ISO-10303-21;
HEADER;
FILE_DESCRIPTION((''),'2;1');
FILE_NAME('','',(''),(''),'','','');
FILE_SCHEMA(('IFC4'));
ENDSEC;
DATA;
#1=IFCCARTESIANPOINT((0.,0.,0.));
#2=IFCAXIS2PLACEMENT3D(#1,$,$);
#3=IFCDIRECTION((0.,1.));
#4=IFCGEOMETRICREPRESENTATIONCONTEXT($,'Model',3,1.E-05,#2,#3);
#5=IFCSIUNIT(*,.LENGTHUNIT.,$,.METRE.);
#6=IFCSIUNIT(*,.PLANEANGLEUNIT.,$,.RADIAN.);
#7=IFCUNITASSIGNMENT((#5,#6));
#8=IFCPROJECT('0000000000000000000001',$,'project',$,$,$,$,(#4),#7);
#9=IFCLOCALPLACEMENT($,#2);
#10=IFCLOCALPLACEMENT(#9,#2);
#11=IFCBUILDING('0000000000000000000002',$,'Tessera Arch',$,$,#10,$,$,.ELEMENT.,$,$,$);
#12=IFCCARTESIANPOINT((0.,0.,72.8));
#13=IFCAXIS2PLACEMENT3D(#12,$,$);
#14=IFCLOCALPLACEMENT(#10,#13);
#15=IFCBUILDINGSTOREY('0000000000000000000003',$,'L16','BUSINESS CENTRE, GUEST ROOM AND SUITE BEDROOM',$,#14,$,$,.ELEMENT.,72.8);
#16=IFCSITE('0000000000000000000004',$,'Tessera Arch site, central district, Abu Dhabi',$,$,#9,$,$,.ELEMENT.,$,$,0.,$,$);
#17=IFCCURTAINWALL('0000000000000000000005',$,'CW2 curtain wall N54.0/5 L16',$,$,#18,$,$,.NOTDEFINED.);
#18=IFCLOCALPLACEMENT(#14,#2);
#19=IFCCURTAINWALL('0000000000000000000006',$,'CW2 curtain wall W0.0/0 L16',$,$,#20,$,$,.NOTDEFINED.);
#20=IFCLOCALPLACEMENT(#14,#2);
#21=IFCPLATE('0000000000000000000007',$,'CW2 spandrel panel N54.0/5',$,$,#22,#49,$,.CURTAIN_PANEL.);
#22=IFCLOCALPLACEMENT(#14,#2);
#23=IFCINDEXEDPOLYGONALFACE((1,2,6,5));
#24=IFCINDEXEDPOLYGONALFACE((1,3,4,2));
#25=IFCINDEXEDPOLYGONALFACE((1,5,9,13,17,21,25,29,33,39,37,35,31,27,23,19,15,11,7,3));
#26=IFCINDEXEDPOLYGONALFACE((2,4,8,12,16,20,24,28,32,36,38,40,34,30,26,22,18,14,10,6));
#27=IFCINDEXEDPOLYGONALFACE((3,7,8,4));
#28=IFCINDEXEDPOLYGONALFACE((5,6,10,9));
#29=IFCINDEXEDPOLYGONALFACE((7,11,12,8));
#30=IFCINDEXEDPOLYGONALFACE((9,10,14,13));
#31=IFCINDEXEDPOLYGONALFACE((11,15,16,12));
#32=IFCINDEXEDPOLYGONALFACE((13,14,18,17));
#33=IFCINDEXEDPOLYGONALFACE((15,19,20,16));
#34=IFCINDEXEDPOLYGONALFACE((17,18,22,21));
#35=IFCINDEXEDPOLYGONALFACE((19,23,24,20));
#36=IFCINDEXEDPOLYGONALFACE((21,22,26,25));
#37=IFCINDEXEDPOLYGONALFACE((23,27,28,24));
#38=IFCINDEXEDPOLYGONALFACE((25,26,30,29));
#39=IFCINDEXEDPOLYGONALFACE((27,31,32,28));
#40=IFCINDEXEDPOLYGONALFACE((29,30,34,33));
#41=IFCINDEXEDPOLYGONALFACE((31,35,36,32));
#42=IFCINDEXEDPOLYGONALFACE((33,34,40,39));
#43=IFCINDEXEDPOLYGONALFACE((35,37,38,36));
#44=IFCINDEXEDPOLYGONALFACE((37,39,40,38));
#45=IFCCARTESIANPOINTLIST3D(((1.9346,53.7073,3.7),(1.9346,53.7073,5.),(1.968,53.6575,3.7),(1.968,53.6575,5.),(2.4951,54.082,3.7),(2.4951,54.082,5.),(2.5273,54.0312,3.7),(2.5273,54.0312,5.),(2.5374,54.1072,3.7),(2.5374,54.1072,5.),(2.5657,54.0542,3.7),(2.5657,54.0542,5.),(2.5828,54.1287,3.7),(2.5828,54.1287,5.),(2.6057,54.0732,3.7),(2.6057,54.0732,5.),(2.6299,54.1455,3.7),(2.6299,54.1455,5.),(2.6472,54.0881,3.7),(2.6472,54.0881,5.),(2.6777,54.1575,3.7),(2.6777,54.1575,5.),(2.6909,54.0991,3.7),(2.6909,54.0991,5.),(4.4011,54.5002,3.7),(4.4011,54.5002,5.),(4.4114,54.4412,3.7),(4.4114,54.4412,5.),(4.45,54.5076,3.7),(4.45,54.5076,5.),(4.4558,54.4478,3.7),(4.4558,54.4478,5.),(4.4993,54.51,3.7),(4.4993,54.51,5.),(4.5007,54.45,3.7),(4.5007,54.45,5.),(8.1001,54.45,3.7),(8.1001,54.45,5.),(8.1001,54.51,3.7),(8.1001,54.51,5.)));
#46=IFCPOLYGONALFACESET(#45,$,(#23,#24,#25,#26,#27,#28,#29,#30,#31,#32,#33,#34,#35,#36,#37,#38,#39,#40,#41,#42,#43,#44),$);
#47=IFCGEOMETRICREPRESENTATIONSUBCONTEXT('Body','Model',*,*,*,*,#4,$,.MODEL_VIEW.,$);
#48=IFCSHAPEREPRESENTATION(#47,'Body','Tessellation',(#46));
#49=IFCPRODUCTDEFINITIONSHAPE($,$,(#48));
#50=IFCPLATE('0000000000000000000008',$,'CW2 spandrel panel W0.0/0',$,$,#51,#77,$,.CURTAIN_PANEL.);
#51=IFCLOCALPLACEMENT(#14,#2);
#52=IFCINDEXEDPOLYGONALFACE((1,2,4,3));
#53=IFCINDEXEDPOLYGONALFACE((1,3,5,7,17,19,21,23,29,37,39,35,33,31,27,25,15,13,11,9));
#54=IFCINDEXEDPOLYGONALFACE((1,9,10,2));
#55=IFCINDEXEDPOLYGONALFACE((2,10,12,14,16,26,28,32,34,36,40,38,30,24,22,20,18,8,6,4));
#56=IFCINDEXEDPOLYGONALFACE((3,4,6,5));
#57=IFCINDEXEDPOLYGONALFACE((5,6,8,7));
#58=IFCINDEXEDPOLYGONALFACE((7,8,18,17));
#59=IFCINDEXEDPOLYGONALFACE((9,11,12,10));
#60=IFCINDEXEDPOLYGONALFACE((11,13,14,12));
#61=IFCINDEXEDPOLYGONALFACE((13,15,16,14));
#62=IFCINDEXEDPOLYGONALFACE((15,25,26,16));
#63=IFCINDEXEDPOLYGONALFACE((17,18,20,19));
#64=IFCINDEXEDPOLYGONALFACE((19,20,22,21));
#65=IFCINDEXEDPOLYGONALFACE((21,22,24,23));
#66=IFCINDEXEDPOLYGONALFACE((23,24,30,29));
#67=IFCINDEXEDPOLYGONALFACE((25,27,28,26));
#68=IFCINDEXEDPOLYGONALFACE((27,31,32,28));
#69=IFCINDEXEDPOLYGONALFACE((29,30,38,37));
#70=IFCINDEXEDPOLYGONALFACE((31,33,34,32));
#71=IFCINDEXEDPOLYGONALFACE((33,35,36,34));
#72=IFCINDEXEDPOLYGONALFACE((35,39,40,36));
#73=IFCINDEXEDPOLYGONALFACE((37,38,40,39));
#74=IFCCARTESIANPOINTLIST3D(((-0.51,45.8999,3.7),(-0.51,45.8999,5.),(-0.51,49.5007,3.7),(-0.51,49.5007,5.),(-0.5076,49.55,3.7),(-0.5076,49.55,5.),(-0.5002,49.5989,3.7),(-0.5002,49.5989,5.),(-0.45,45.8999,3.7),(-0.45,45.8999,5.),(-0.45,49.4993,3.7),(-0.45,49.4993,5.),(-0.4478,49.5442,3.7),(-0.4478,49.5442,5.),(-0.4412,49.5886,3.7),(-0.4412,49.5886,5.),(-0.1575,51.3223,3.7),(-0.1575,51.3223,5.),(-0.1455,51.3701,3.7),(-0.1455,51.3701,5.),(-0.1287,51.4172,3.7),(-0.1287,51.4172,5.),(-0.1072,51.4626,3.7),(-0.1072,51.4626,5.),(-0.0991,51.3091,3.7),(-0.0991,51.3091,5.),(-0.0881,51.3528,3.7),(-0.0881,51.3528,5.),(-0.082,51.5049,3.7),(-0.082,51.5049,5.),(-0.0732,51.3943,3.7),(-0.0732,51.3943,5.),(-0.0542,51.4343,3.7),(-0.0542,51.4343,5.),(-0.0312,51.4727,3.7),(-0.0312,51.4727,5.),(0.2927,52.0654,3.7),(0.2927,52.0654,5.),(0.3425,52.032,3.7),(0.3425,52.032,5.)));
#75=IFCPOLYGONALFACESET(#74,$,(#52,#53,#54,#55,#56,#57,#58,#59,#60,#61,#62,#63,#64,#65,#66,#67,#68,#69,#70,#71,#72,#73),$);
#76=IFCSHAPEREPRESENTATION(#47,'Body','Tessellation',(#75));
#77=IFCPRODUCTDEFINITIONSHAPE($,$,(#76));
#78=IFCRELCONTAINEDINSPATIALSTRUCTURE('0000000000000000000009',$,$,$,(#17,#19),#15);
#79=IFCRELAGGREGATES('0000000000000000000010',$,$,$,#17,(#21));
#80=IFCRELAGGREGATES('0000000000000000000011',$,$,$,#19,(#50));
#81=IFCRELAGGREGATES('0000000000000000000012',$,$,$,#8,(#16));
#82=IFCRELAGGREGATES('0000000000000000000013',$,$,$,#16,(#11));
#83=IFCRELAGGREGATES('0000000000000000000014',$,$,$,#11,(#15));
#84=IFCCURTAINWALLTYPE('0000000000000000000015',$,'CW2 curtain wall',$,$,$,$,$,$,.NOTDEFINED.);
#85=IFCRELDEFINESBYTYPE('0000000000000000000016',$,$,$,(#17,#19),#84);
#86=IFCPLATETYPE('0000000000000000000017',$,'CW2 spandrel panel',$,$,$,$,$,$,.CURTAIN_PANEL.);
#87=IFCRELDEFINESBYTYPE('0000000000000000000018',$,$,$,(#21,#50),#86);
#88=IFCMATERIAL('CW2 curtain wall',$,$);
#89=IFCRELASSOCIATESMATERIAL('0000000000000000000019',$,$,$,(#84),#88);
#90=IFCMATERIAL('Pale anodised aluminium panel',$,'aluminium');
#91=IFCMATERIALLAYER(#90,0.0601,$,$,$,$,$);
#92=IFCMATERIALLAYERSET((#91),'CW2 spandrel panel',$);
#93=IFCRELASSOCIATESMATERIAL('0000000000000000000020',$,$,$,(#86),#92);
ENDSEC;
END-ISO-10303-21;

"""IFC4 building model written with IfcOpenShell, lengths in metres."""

from ifc_helpers import new_model, si_unit, direction, frame, origin, place, context, subcontext, project, spatial, polyline, outline, extrude, material, layer, layer_set, type_object, element, aggregate, save


model = new_model("IFC4")

# Units and contexts
model_context = context("Model", 3, precision=1e-05, world=origin(), true_north=direction((0.0, 1.0)))
body_context = subcontext(model_context, "Body", "Model", "MODEL_VIEW")
ifc_project = project(units=[si_unit("LENGTHUNIT", "METRE"), si_unit("PLANEANGLEUNIT", "RADIAN")], contexts=[model_context])

# Site, building, storey
site_placement = place(None, origin())
site = spatial("IfcSite", under=ifc_project, at=site_placement, Name="Tessera Arch site, central district, Abu Dhabi", CompositionType="ELEMENT", RefElevation=0.0)
building_placement = place(site_placement, origin())
building = spatial("IfcBuilding", under=site, at=building_placement, Name="Tessera Arch", CompositionType="ELEMENT")
storey_placement = place(building_placement, frame((0.0, 0.0, 72.8)))
storey = spatial("IfcBuildingStorey", under=building, at=storey_placement, Name="L16", Description="BUSINESS CENTRE, GUEST ROOM AND SUITE BEDROOM", CompositionType="ELEMENT", Elevation=72.8)

# Curtain walls
ifc_material_1 = material(Name="CW2 curtain wall")
curtain_wall_type = type_object("IfcCurtainWallType", Name="CW2 curtain wall", PredefinedType="NOTDEFINED", material=ifc_material_1)
curtain_wall_1_placement = place(storey_placement, origin())
curtain_wall_1 = element("IfcCurtainWall", 1, at=curtain_wall_1_placement, inside=storey, type_object=curtain_wall_type, Name="CW2 curtain wall N54.0/5 L16", PredefinedType="NOTDEFINED")
curtain_wall_2_placement = place(storey_placement, origin())
curtain_wall_2 = element("IfcCurtainWall", 2, at=curtain_wall_2_placement, inside=storey, type_object=curtain_wall_type, Name="CW2 curtain wall W0.0/0 L16", PredefinedType="NOTDEFINED")

# Plates
ifc_material_2 = material(Name="Pale anodised aluminium panel", Category="aluminium")
ifc_layer_1 = layer(ifc_material_2, 0.0601)
ifc_layer_set_1 = layer_set([ifc_layer_1], Name="CW2 spandrel panel")
plate_type_1 = type_object("IfcPlateType", Name="CW2 spandrel panel", PredefinedType="CURTAIN_PANEL", material=ifc_layer_set_1)
plate_1_placement = place(storey_placement, frame((0.0, 0.0, 3.7)))
plate_1 = element("IfcPlate", 3, at=plate_1_placement, type_object=plate_type_1, Name="CW2 spandrel panel N54.0/5", PredefinedType="CURTAIN_PANEL", context=body_context, shape_type="SweptSolid", body=[
    extrude(outline(polyline([(4.5007, 54.45), (8.1001, 54.45), (8.1001, 54.51), (4.4993, 54.51), (4.45, 54.5076), (4.4011, 54.5002), (2.6777, 54.1575), (2.6299, 54.1455), (2.5828, 54.1287), (2.5374, 54.1072), (2.4951, 54.082), (1.9346, 53.7073), (1.968, 53.6575), (2.5273, 54.0312), (2.5657, 54.0542), (2.6057, 54.0732), (2.6472, 54.0881), (2.6909, 54.0991), (4.4114, 54.4412), (4.4558, 54.4478), (4.5007, 54.45)])), origin(), (0.0, 0.0, 1.0), 1.3),
])
aggregate(curtain_wall_1, [plate_1])
plate_2_placement = place(storey_placement, frame((0.0, 0.0, 3.7)))
plate_2 = element("IfcPlate", 4, at=plate_2_placement, type_object=plate_type_1, Name="CW2 spandrel panel W0.0/0", PredefinedType="CURTAIN_PANEL", context=body_context, shape_type="SweptSolid", body=[
    extrude(outline(polyline([(-0.0312, 51.4727), (0.3425, 52.032), (0.2927, 52.0654), (-0.082, 51.5049), (-0.1072, 51.4626), (-0.1287, 51.4172), (-0.1455, 51.3701), (-0.1575, 51.3223), (-0.5002, 49.5989), (-0.5076, 49.55), (-0.51, 49.5007), (-0.51, 45.8999), (-0.45, 45.8999), (-0.45, 49.4993), (-0.4478, 49.5442), (-0.4412, 49.5886), (-0.0991, 51.3091), (-0.0881, 51.3528), (-0.0732, 51.3943), (-0.0542, 51.4343), (-0.0312, 51.4727)])), origin(), (0.0, 0.0, 1.0), 1.3),
])
aggregate(curtain_wall_2, [plate_2])

save(model, "model.ifc")
